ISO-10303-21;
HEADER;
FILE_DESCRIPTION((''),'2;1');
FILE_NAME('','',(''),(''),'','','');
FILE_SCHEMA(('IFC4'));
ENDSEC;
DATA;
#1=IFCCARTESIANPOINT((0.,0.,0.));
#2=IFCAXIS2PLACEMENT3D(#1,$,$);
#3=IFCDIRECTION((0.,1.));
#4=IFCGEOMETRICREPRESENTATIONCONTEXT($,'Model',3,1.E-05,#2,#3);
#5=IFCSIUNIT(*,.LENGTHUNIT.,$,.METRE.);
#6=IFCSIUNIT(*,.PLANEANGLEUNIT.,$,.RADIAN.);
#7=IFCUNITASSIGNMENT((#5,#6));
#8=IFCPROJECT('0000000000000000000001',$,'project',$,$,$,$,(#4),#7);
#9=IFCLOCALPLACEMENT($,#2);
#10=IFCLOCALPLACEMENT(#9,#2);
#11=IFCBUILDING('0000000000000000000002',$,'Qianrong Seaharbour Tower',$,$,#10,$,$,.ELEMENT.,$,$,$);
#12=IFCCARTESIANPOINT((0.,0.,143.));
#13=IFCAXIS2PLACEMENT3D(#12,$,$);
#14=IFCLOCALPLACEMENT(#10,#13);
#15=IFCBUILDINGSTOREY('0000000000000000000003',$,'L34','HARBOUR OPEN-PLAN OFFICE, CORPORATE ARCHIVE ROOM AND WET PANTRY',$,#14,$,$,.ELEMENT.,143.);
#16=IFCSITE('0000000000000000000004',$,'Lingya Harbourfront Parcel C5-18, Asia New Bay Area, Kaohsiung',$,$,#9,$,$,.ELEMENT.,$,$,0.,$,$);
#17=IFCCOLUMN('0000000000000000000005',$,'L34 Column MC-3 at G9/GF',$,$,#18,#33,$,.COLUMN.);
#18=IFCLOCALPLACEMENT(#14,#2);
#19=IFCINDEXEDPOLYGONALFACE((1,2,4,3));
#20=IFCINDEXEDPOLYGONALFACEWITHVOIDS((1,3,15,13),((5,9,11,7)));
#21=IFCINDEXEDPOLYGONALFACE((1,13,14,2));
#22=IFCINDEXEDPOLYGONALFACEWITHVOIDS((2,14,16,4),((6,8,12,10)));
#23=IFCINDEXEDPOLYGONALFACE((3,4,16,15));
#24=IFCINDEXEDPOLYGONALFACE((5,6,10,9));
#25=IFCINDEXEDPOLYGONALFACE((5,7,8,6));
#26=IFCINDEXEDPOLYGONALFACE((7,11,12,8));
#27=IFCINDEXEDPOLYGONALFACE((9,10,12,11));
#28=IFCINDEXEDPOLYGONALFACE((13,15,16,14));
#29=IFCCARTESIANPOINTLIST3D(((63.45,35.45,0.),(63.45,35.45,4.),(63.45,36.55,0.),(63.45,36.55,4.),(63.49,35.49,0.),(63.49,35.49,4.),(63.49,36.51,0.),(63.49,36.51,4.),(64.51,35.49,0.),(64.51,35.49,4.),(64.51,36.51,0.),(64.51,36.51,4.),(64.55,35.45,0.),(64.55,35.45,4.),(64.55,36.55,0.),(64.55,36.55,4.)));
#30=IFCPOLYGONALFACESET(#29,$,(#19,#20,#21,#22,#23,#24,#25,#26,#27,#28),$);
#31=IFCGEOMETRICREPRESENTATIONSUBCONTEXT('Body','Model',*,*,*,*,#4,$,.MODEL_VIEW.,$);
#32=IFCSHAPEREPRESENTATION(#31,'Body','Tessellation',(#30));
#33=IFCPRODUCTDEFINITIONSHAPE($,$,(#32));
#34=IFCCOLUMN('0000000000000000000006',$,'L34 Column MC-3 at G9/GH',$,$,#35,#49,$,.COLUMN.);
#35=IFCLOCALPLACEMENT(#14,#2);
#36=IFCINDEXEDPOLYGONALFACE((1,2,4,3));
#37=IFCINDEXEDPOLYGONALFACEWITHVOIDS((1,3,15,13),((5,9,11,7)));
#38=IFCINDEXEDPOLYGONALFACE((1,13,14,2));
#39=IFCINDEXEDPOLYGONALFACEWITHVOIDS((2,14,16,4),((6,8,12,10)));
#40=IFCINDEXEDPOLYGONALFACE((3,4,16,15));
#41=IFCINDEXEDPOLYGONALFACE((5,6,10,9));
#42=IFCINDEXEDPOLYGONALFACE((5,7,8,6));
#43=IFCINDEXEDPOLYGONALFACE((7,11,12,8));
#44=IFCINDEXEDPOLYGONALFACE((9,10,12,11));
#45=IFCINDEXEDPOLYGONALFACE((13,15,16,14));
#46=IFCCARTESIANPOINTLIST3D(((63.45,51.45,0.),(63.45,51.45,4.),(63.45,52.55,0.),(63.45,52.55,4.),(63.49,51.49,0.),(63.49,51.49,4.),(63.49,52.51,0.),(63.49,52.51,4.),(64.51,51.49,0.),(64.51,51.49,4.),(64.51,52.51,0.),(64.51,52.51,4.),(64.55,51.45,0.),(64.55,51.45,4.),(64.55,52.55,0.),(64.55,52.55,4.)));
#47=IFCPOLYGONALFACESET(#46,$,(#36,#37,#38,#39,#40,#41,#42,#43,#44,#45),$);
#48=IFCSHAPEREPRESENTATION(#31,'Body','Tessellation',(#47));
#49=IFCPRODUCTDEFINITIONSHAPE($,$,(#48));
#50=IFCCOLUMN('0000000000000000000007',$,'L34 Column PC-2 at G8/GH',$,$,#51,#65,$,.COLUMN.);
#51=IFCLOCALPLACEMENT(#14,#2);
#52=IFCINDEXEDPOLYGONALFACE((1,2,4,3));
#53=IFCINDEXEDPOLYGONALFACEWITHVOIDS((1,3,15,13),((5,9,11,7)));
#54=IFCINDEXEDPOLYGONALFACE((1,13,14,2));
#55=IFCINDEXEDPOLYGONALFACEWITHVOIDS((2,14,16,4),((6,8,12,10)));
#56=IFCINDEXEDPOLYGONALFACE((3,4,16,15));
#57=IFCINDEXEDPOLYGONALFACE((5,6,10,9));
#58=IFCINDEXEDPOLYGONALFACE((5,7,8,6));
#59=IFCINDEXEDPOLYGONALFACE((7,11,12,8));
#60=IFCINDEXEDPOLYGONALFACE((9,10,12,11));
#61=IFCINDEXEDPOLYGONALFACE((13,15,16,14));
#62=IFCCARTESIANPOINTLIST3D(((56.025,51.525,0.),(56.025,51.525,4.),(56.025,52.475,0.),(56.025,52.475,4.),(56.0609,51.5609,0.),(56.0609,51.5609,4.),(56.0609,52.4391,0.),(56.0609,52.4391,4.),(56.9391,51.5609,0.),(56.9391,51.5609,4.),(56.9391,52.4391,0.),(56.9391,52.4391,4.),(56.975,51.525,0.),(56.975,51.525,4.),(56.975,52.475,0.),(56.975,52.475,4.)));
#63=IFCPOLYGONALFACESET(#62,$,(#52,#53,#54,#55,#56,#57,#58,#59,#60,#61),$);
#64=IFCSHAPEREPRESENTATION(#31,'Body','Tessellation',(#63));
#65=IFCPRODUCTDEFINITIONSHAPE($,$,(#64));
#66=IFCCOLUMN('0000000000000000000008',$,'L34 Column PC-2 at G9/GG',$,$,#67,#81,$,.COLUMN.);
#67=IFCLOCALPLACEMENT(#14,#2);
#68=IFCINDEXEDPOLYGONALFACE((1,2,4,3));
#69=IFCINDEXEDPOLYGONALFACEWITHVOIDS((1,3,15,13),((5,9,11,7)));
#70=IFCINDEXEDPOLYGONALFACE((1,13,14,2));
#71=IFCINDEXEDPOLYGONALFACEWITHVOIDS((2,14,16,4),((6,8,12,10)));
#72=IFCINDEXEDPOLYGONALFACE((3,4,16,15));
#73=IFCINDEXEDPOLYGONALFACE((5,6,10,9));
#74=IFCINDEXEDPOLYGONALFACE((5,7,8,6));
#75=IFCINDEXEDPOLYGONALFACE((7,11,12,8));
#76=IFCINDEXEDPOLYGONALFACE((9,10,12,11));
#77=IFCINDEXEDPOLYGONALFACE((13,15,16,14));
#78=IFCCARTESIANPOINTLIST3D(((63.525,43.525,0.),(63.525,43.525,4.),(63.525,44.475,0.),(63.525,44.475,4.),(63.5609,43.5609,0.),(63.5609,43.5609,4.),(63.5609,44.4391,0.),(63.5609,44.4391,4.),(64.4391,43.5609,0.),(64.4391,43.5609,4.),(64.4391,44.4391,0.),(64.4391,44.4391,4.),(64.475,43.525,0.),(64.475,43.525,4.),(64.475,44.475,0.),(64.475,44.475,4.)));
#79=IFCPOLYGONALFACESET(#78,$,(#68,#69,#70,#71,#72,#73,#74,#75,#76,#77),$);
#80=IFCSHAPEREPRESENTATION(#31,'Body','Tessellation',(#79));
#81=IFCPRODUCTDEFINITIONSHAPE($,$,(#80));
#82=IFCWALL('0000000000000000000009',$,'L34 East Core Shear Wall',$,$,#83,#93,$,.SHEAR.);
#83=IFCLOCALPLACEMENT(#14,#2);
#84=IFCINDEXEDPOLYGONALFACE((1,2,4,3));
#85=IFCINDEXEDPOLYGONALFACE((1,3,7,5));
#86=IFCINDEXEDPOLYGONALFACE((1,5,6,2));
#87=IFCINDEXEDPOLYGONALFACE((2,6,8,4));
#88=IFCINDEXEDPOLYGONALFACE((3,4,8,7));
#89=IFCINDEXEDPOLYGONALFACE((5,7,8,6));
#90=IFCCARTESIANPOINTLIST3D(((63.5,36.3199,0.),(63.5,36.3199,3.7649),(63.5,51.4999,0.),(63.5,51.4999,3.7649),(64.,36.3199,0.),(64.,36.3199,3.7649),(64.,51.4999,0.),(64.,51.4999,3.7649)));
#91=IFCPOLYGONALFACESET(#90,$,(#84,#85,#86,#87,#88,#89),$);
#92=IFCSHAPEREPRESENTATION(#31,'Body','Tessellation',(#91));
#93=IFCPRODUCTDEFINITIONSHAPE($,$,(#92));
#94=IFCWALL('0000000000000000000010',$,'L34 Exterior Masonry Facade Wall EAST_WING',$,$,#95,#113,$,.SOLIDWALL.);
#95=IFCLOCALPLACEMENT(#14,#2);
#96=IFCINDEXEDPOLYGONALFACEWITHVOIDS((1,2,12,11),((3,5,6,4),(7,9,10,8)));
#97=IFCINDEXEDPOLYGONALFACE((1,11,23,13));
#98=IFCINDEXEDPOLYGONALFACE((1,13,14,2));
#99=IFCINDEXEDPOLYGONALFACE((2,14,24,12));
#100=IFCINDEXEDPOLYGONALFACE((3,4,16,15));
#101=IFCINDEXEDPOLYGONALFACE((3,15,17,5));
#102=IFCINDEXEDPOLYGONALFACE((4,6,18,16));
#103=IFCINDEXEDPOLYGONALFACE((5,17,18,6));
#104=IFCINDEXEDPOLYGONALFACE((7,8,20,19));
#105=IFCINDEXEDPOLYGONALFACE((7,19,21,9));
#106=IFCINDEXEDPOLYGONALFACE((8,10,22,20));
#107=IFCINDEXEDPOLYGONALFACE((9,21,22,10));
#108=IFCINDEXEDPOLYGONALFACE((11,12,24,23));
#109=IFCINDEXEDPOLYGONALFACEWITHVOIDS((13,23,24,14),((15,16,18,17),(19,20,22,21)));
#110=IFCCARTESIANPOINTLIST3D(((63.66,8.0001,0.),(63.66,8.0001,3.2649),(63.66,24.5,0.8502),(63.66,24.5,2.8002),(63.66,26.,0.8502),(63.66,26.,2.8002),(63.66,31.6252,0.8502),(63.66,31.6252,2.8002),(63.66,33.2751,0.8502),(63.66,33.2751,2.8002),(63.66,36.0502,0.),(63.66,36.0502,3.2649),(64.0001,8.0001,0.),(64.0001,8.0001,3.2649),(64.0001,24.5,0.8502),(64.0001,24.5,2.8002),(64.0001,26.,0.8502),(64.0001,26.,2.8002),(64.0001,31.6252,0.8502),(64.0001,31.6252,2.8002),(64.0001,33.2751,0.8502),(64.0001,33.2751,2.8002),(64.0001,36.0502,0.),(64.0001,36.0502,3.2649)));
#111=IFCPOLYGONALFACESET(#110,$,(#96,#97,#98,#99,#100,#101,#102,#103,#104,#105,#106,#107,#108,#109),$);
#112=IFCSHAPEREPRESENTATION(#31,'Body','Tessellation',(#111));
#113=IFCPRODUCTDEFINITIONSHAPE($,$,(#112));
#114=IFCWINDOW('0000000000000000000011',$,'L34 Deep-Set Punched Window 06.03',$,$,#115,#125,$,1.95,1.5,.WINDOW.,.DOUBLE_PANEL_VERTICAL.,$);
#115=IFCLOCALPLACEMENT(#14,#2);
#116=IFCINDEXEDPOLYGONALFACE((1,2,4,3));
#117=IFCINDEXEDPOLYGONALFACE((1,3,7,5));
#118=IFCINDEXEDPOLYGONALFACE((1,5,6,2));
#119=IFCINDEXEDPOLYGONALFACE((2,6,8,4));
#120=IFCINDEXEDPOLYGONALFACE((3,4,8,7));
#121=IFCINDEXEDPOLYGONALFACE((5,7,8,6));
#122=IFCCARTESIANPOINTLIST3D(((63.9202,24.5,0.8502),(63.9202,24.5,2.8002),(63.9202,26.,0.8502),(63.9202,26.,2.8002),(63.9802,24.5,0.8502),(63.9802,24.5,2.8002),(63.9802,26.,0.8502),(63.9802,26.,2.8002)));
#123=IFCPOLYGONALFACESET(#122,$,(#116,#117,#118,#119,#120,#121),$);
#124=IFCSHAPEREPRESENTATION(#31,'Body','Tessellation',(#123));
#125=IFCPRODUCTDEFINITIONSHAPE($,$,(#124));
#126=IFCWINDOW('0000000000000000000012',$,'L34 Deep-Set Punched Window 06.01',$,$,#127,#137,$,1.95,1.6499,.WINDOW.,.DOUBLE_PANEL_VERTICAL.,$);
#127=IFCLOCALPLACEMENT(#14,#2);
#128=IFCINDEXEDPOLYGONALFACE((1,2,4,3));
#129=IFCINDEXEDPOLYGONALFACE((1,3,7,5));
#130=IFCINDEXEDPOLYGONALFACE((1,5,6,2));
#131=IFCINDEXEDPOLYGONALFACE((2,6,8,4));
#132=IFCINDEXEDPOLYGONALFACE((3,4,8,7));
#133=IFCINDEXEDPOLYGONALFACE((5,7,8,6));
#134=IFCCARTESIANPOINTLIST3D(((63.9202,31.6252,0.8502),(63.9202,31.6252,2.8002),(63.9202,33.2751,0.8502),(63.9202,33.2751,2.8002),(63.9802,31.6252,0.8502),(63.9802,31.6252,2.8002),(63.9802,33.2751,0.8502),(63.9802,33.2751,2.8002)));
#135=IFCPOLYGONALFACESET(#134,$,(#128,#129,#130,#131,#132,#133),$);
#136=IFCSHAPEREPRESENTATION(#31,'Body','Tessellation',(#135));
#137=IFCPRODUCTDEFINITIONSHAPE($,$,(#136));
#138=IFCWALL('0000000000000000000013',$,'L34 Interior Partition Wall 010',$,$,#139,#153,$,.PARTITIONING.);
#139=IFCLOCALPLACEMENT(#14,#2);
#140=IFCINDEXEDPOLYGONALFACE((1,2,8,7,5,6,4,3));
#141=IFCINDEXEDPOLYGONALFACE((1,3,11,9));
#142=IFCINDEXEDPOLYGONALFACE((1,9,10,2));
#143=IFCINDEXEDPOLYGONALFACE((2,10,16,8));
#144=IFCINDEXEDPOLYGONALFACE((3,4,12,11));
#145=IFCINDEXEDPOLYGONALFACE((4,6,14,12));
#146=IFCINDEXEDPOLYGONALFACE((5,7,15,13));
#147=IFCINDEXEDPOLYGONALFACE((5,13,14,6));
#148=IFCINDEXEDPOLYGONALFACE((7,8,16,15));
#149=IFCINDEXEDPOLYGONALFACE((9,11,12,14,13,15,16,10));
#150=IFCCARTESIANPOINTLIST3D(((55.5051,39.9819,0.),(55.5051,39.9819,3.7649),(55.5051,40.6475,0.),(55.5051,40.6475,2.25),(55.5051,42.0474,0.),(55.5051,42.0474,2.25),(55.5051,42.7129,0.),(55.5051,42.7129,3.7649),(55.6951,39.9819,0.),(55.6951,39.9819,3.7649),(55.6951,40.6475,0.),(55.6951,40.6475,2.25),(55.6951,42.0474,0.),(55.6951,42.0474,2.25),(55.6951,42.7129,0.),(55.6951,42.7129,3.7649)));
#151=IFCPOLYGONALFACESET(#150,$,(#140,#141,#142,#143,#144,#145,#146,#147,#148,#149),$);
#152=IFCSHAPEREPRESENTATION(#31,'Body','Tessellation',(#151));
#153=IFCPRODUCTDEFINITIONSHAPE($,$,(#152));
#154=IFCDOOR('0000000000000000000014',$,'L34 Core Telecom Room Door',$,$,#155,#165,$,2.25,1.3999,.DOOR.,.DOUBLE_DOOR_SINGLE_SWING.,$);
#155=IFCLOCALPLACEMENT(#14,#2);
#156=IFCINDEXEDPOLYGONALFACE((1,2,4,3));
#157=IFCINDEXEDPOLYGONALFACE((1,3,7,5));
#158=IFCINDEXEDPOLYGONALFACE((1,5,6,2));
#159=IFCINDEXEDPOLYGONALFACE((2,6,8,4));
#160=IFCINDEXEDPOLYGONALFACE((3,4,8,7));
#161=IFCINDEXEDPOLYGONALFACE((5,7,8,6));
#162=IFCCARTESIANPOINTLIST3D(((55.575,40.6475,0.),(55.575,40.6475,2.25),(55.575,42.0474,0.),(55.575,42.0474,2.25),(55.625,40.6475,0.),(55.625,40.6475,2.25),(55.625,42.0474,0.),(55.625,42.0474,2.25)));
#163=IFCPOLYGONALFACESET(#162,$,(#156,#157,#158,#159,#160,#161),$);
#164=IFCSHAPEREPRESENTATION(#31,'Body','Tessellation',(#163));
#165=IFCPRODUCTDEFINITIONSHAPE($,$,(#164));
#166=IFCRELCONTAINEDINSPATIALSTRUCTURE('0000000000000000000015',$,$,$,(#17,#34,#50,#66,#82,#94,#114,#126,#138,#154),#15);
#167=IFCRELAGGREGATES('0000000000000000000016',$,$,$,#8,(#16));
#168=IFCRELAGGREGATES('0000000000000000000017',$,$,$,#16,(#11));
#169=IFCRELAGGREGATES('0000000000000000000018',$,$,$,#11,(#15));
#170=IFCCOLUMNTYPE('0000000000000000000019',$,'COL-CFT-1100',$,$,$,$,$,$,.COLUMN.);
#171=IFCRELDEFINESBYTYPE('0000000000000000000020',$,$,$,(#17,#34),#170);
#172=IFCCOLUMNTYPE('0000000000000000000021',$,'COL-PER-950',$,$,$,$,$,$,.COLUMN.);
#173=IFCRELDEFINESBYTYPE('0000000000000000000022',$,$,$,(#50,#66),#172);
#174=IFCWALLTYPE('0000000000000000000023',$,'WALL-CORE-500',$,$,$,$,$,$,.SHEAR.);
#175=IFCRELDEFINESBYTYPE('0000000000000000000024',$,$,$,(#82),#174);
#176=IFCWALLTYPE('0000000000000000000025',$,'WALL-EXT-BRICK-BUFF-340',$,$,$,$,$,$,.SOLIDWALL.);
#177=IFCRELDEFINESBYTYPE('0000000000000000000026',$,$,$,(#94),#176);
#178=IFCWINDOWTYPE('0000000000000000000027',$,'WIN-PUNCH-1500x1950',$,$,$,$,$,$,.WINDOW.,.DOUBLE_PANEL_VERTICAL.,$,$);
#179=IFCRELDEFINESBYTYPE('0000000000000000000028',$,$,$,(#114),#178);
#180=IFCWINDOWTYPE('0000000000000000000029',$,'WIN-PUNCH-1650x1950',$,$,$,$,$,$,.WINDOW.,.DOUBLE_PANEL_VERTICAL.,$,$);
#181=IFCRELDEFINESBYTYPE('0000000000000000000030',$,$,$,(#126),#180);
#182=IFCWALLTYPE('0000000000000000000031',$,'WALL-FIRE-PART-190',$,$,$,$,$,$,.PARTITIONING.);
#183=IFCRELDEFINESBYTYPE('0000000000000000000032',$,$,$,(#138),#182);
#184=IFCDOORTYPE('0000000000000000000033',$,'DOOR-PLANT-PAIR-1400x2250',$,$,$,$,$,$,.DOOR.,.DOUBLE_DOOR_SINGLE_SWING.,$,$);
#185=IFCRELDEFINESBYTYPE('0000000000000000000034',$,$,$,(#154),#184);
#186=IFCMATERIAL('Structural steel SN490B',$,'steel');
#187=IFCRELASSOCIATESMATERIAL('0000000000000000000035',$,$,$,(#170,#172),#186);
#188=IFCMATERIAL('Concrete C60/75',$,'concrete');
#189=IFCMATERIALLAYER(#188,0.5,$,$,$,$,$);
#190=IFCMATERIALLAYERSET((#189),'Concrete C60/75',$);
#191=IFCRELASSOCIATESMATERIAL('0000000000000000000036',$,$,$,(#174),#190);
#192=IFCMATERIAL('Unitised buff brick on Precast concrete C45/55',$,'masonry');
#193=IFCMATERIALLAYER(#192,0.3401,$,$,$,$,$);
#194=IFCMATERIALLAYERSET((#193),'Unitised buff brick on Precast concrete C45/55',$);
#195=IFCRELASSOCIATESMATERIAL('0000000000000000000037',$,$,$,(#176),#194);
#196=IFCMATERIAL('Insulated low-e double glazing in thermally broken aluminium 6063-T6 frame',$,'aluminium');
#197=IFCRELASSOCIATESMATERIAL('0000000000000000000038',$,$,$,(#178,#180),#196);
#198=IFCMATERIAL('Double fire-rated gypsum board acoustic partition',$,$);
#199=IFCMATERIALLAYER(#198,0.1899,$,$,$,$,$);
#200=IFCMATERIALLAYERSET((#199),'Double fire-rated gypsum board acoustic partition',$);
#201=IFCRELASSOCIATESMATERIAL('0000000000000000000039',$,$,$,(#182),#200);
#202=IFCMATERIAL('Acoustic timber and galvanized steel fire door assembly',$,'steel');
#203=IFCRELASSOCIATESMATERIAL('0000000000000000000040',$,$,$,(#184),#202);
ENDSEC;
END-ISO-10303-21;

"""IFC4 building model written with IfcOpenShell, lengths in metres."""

from ifc_helpers import new_model, si_unit, direction, frame, frame_2d, origin, origin_2d, place, context, subcontext, project, spatial, rectangle, hollow_rectangle, extrude, material, layer, layer_set, material_profile, profile_set, type_object, element, fill, save


model = new_model("IFC4")

# Units and contexts
model_context = context("Model", 3, precision=1e-05, world=origin(), true_north=direction((0.0, 1.0)))
body_context = subcontext(model_context, "Body", "Model", "MODEL_VIEW")
ifc_project = project(units=[si_unit("LENGTHUNIT", "METRE"), si_unit("PLANEANGLEUNIT", "RADIAN")], contexts=[model_context])

# Site, building, storey
site_placement = place(None, origin())
site = spatial("IfcSite", under=ifc_project, at=site_placement, Name="Lingya Harbourfront Parcel C5-18, Asia New Bay Area, Kaohsiung", CompositionType="ELEMENT", RefElevation=0.0)
building_placement = place(site_placement, origin())
building = spatial("IfcBuilding", under=site, at=building_placement, Name="Qianrong Seaharbour Tower", CompositionType="ELEMENT")
storey_placement = place(building_placement, frame((0.0, 0.0, 143.0)))
storey = spatial("IfcBuildingStorey", under=building, at=storey_placement, Name="L34", Description="HARBOUR OPEN-PLAN OFFICE, CORPORATE ARCHIVE ROOM AND WET PANTRY", CompositionType="ELEMENT", Elevation=143.0)

# Columns
ifc_material_1 = material(Name="Structural steel SN490B", Category="steel")
ifc_material_profile_1 = material_profile(ifc_material_1, hollow_rectangle(XDim=1.1001, YDim=1.1001, WallThickness=0.04, at=origin_2d()), Name="BOX1100x1100x40")
ifc_profile_set_1 = profile_set([ifc_material_profile_1], Name="Structural steel SN490B")
column_type_1 = type_object("IfcColumnType", Name="COL-CFT-1100", PredefinedType="COLUMN", material=ifc_profile_set_1)
for number, where, z_axis, x_axis, name in (
    (1, (64.0, 36.0, 0.0), (0.0, 0.0, 1.0), (1.0, 0.0, 0.0), "L34 Column MC-3 at G9/GF"),
    (2, (64.0, 52.0, 0.0), (0.0, 0.0, 1.0), (1.0, 0.0, 0.0), "L34 Column MC-3 at G9/GH"),
):
    element("IfcColumn", number, at=place(storey_placement, frame(where, z_axis=z_axis, x_axis=x_axis)), inside=storey, type_object=column_type_1, Name=name, PredefinedType="COLUMN", context=body_context, shape_type="SweptSolid", body=[
        extrude(hollow_rectangle(XDim=1.1001, YDim=1.1001, WallThickness=0.04, at=origin_2d()), origin(), (0.0, 0.0, 1.0), 4.0),
    ])
ifc_material_profile_2 = material_profile(ifc_material_1, hollow_rectangle(XDim=0.95, YDim=0.95, WallThickness=0.0359, at=origin_2d()), Name="BOX950x950x36")
ifc_profile_set_2 = profile_set([ifc_material_profile_2], Name="Structural steel SN490B")
column_type_2 = type_object("IfcColumnType", Name="COL-PER-950", PredefinedType="COLUMN", material=ifc_profile_set_2)
for number, where, z_axis, x_axis, name in (
    (3, (56.5, 52.0, 0.0), (0.0, 0.0, 1.0), (1.0, 0.0, 0.0), "L34 Column PC-2 at G8/GH"),
    (4, (64.0, 44.0, 0.0), (0.0, 0.0, 1.0), (1.0, 0.0, 0.0), "L34 Column PC-2 at G9/GG"),
):
    element("IfcColumn", number, at=place(storey_placement, frame(where, z_axis=z_axis, x_axis=x_axis)), inside=storey, type_object=column_type_2, Name=name, PredefinedType="COLUMN", context=body_context, shape_type="SweptSolid", body=[
        extrude(hollow_rectangle(XDim=0.95, YDim=0.95, WallThickness=0.0359, at=origin_2d()), origin(), (0.0, 0.0, 1.0), 4.0),
    ])

# Wall
ifc_material_2 = material(Name="Concrete C60/75", Category="concrete")
ifc_layer_1 = layer(ifc_material_2, 0.5)
ifc_layer_set_1 = layer_set([ifc_layer_1], Name="Concrete C60/75")
wall_type_1 = type_object("IfcWallType", Name="WALL-CORE-500", PredefinedType="SHEAR", material=ifc_layer_set_1)
wall_1_placement = place(storey_placement, frame((63.75, 36.3201, 0.0), z_axis=(0.0, 0.0, 1.0), x_axis=(0.0, 1.0, 0.0)))
element("IfcWall", 5, at=wall_1_placement, inside=storey, type_object=wall_type_1, Name="L34 East Core Shear Wall", PredefinedType="SHEAR", context=body_context, shape_type="SweptSolid", body=[
    extrude(rectangle(XDim=15.1799, YDim=0.5, at=frame_2d((7.5898, 0.0))), origin(), (0.0, 0.0, 1.0), 3.7649),
])

# Shared definitions
ifc_material_3 = material(Name="Acoustic timber and galvanized steel fire door assembly", Category="steel")

# Wall, openings, windows
ifc_material_4 = material(Name="Unitised buff brick on Precast concrete C45/55", Category="masonry")
ifc_layer_2 = layer(ifc_material_4, 0.3401)
ifc_layer_set_2 = layer_set([ifc_layer_2], Name="Unitised buff brick on Precast concrete C45/55")
wall_type_2 = type_object("IfcWallType", Name="WALL-EXT-BRICK-BUFF-340", PredefinedType="SOLIDWALL", material=ifc_layer_set_2)
wall_2_placement = place(storey_placement, frame((63.8301, 36.05, 0.0), z_axis=(0.0, 0.0, 1.0), x_axis=(0.0, -1.0, 0.0)))
wall_2 = element("IfcWall", 6, at=wall_2_placement, inside=storey, type_object=wall_type_2, Name="L34 Exterior Masonry Facade Wall EAST_WING", PredefinedType="SOLIDWALL", context=body_context, shape_type="SweptSolid", body=[
    extrude(rectangle(XDim=28.05, YDim=0.3401, at=frame_2d((14.0249, 0.0))), origin(), (0.0, 0.0, 1.0), 3.2649),
])
opening_1_placement = place(wall_2_placement, frame((2.7749, 0.0, 0.8501)))
opening_1 = element("IfcOpeningElement", 7, at=opening_1_placement, cuts=wall_2, PredefinedType="OPENING", context=body_context, shape_type="SweptSolid", body=[
    extrude(rectangle(XDim=1.6499, YDim=1.95, at=frame_2d((0.825, 0.9751))), frame((0.0, 0.1802, 0.0), z_axis=(0.0, -1.0, 0.0), x_axis=(1.0, 0.0, 0.0)), (0.0, 0.0, 1.0), 0.3601),
])
opening_2_placement = place(wall_2_placement, frame((10.05, 0.0, 0.8501)))
opening_2 = element("IfcOpeningElement", 8, at=opening_2_placement, cuts=wall_2, PredefinedType="OPENING", context=body_context, shape_type="SweptSolid", body=[
    extrude(rectangle(XDim=1.5, YDim=1.95, at=frame_2d((0.75, 0.9751))), frame((0.0, 0.1802, 0.0), z_axis=(0.0, -1.0, 0.0), x_axis=(1.0, 0.0, 0.0)), (0.0, 0.0, 1.0), 0.3601),
])
ifc_material_5 = material(Name="Insulated low-e double glazing in thermally broken aluminium 6063-T6 frame", Category="aluminium")
window_type_1 = type_object("IfcWindowType", Name="WIN-PUNCH-1500x1950", PartitioningType="DOUBLE_PANEL_VERTICAL", PredefinedType="WINDOW", material=ifc_material_5)
window_1_placement = place(opening_2_placement, origin())
window_1 = element("IfcWindow", 9, at=window_1_placement, inside=storey, type_object=window_type_1, Name="L34 Deep-Set Punched Window 06.03", OverallHeight=1.95, OverallWidth=1.5, PartitioningType="DOUBLE_PANEL_VERTICAL", PredefinedType="WINDOW", context=body_context, shape_type="SweptSolid", body=[
    extrude(rectangle(XDim=1.5, YDim=1.95, at=frame_2d((0.75, 0.9751))), frame((0.0, 0.1501, 0.0), z_axis=(0.0, -1.0, 0.0), x_axis=(1.0, 0.0, 0.0)), (0.0, 0.0, 1.0), 0.0601),
])
fill(opening_2, window_1)
window_type_2 = type_object("IfcWindowType", Name="WIN-PUNCH-1650x1950", PartitioningType="DOUBLE_PANEL_VERTICAL", PredefinedType="WINDOW", material=ifc_material_5)
window_2_placement = place(opening_1_placement, origin())
window_2 = element("IfcWindow", 10, at=window_2_placement, inside=storey, type_object=window_type_2, Name="L34 Deep-Set Punched Window 06.01", OverallHeight=1.95, OverallWidth=1.6499, PartitioningType="DOUBLE_PANEL_VERTICAL", PredefinedType="WINDOW", context=body_context, shape_type="SweptSolid", body=[
    extrude(rectangle(XDim=1.6499, YDim=1.95, at=frame_2d((0.825, 0.9751))), frame((0.0, 0.1501, 0.0), z_axis=(0.0, -1.0, 0.0), x_axis=(1.0, 0.0, 0.0)), (0.0, 0.0, 1.0), 0.0601),
])
fill(opening_1, window_2)

# Wall, opening, door
ifc_material_6 = material(Name="Double fire-rated gypsum board acoustic partition")
ifc_layer_3 = layer(ifc_material_6, 0.1899)
ifc_layer_set_3 = layer_set([ifc_layer_3], Name="Double fire-rated gypsum board acoustic partition")
wall_type_3 = type_object("IfcWallType", Name="WALL-FIRE-PART-190", PredefinedType="PARTITIONING", material=ifc_layer_set_3)
wall_3_placement = place(storey_placement, frame((55.6001, 42.7129, 0.0), z_axis=(0.0, 0.0, 1.0), x_axis=(0.0, -1.0, 0.0)))
wall_3 = element("IfcWall", 11, at=wall_3_placement, inside=storey, type_object=wall_type_3, Name="L34 Interior Partition Wall 010", PredefinedType="PARTITIONING", context=body_context, shape_type="SweptSolid", body=[
    extrude(rectangle(XDim=2.731, YDim=0.1899, at=frame_2d((1.3655, 0.0))), origin(), (0.0, 0.0, 1.0), 3.7649),
])
opening_3_placement = place(wall_3_placement, frame((0.6655, 0.0, 0.0)))
opening_3 = element("IfcOpeningElement", 12, at=opening_3_placement, cuts=wall_3, PredefinedType="OPENING", context=body_context, shape_type="SweptSolid", body=[
    extrude(rectangle(XDim=1.3999, YDim=2.25, at=frame_2d((0.7, 1.125))), frame((0.0, 0.105, 0.0), z_axis=(0.0, -1.0, 0.0), x_axis=(1.0, 0.0, 0.0)), (0.0, 0.0, 1.0), 0.21),
])
door_type_1 = type_object("IfcDoorType", Name="DOOR-PLANT-PAIR-1400x2250", OperationType="DOUBLE_DOOR_SINGLE_SWING", PredefinedType="DOOR", material=ifc_material_3)
door_1_placement = place(opening_3_placement, origin())
door_1 = element("IfcDoor", 13, at=door_1_placement, inside=storey, type_object=door_type_1, Name="L34 Core Telecom Room Door", OperationType="DOUBLE_DOOR_SINGLE_SWING", OverallHeight=2.25, OverallWidth=1.3999, PredefinedType="DOOR", context=body_context, shape_type="SweptSolid", body=[
    extrude(rectangle(XDim=1.3999, YDim=2.25, at=frame_2d((0.7, 1.125))), frame((0.0, 0.0249, 0.0), z_axis=(0.0, -1.0, 0.0), x_axis=(1.0, 0.0, 0.0)), (0.0, 0.0, 1.0), 0.05),
])
fill(opening_3, door_1)

save(model, "model.ifc")
